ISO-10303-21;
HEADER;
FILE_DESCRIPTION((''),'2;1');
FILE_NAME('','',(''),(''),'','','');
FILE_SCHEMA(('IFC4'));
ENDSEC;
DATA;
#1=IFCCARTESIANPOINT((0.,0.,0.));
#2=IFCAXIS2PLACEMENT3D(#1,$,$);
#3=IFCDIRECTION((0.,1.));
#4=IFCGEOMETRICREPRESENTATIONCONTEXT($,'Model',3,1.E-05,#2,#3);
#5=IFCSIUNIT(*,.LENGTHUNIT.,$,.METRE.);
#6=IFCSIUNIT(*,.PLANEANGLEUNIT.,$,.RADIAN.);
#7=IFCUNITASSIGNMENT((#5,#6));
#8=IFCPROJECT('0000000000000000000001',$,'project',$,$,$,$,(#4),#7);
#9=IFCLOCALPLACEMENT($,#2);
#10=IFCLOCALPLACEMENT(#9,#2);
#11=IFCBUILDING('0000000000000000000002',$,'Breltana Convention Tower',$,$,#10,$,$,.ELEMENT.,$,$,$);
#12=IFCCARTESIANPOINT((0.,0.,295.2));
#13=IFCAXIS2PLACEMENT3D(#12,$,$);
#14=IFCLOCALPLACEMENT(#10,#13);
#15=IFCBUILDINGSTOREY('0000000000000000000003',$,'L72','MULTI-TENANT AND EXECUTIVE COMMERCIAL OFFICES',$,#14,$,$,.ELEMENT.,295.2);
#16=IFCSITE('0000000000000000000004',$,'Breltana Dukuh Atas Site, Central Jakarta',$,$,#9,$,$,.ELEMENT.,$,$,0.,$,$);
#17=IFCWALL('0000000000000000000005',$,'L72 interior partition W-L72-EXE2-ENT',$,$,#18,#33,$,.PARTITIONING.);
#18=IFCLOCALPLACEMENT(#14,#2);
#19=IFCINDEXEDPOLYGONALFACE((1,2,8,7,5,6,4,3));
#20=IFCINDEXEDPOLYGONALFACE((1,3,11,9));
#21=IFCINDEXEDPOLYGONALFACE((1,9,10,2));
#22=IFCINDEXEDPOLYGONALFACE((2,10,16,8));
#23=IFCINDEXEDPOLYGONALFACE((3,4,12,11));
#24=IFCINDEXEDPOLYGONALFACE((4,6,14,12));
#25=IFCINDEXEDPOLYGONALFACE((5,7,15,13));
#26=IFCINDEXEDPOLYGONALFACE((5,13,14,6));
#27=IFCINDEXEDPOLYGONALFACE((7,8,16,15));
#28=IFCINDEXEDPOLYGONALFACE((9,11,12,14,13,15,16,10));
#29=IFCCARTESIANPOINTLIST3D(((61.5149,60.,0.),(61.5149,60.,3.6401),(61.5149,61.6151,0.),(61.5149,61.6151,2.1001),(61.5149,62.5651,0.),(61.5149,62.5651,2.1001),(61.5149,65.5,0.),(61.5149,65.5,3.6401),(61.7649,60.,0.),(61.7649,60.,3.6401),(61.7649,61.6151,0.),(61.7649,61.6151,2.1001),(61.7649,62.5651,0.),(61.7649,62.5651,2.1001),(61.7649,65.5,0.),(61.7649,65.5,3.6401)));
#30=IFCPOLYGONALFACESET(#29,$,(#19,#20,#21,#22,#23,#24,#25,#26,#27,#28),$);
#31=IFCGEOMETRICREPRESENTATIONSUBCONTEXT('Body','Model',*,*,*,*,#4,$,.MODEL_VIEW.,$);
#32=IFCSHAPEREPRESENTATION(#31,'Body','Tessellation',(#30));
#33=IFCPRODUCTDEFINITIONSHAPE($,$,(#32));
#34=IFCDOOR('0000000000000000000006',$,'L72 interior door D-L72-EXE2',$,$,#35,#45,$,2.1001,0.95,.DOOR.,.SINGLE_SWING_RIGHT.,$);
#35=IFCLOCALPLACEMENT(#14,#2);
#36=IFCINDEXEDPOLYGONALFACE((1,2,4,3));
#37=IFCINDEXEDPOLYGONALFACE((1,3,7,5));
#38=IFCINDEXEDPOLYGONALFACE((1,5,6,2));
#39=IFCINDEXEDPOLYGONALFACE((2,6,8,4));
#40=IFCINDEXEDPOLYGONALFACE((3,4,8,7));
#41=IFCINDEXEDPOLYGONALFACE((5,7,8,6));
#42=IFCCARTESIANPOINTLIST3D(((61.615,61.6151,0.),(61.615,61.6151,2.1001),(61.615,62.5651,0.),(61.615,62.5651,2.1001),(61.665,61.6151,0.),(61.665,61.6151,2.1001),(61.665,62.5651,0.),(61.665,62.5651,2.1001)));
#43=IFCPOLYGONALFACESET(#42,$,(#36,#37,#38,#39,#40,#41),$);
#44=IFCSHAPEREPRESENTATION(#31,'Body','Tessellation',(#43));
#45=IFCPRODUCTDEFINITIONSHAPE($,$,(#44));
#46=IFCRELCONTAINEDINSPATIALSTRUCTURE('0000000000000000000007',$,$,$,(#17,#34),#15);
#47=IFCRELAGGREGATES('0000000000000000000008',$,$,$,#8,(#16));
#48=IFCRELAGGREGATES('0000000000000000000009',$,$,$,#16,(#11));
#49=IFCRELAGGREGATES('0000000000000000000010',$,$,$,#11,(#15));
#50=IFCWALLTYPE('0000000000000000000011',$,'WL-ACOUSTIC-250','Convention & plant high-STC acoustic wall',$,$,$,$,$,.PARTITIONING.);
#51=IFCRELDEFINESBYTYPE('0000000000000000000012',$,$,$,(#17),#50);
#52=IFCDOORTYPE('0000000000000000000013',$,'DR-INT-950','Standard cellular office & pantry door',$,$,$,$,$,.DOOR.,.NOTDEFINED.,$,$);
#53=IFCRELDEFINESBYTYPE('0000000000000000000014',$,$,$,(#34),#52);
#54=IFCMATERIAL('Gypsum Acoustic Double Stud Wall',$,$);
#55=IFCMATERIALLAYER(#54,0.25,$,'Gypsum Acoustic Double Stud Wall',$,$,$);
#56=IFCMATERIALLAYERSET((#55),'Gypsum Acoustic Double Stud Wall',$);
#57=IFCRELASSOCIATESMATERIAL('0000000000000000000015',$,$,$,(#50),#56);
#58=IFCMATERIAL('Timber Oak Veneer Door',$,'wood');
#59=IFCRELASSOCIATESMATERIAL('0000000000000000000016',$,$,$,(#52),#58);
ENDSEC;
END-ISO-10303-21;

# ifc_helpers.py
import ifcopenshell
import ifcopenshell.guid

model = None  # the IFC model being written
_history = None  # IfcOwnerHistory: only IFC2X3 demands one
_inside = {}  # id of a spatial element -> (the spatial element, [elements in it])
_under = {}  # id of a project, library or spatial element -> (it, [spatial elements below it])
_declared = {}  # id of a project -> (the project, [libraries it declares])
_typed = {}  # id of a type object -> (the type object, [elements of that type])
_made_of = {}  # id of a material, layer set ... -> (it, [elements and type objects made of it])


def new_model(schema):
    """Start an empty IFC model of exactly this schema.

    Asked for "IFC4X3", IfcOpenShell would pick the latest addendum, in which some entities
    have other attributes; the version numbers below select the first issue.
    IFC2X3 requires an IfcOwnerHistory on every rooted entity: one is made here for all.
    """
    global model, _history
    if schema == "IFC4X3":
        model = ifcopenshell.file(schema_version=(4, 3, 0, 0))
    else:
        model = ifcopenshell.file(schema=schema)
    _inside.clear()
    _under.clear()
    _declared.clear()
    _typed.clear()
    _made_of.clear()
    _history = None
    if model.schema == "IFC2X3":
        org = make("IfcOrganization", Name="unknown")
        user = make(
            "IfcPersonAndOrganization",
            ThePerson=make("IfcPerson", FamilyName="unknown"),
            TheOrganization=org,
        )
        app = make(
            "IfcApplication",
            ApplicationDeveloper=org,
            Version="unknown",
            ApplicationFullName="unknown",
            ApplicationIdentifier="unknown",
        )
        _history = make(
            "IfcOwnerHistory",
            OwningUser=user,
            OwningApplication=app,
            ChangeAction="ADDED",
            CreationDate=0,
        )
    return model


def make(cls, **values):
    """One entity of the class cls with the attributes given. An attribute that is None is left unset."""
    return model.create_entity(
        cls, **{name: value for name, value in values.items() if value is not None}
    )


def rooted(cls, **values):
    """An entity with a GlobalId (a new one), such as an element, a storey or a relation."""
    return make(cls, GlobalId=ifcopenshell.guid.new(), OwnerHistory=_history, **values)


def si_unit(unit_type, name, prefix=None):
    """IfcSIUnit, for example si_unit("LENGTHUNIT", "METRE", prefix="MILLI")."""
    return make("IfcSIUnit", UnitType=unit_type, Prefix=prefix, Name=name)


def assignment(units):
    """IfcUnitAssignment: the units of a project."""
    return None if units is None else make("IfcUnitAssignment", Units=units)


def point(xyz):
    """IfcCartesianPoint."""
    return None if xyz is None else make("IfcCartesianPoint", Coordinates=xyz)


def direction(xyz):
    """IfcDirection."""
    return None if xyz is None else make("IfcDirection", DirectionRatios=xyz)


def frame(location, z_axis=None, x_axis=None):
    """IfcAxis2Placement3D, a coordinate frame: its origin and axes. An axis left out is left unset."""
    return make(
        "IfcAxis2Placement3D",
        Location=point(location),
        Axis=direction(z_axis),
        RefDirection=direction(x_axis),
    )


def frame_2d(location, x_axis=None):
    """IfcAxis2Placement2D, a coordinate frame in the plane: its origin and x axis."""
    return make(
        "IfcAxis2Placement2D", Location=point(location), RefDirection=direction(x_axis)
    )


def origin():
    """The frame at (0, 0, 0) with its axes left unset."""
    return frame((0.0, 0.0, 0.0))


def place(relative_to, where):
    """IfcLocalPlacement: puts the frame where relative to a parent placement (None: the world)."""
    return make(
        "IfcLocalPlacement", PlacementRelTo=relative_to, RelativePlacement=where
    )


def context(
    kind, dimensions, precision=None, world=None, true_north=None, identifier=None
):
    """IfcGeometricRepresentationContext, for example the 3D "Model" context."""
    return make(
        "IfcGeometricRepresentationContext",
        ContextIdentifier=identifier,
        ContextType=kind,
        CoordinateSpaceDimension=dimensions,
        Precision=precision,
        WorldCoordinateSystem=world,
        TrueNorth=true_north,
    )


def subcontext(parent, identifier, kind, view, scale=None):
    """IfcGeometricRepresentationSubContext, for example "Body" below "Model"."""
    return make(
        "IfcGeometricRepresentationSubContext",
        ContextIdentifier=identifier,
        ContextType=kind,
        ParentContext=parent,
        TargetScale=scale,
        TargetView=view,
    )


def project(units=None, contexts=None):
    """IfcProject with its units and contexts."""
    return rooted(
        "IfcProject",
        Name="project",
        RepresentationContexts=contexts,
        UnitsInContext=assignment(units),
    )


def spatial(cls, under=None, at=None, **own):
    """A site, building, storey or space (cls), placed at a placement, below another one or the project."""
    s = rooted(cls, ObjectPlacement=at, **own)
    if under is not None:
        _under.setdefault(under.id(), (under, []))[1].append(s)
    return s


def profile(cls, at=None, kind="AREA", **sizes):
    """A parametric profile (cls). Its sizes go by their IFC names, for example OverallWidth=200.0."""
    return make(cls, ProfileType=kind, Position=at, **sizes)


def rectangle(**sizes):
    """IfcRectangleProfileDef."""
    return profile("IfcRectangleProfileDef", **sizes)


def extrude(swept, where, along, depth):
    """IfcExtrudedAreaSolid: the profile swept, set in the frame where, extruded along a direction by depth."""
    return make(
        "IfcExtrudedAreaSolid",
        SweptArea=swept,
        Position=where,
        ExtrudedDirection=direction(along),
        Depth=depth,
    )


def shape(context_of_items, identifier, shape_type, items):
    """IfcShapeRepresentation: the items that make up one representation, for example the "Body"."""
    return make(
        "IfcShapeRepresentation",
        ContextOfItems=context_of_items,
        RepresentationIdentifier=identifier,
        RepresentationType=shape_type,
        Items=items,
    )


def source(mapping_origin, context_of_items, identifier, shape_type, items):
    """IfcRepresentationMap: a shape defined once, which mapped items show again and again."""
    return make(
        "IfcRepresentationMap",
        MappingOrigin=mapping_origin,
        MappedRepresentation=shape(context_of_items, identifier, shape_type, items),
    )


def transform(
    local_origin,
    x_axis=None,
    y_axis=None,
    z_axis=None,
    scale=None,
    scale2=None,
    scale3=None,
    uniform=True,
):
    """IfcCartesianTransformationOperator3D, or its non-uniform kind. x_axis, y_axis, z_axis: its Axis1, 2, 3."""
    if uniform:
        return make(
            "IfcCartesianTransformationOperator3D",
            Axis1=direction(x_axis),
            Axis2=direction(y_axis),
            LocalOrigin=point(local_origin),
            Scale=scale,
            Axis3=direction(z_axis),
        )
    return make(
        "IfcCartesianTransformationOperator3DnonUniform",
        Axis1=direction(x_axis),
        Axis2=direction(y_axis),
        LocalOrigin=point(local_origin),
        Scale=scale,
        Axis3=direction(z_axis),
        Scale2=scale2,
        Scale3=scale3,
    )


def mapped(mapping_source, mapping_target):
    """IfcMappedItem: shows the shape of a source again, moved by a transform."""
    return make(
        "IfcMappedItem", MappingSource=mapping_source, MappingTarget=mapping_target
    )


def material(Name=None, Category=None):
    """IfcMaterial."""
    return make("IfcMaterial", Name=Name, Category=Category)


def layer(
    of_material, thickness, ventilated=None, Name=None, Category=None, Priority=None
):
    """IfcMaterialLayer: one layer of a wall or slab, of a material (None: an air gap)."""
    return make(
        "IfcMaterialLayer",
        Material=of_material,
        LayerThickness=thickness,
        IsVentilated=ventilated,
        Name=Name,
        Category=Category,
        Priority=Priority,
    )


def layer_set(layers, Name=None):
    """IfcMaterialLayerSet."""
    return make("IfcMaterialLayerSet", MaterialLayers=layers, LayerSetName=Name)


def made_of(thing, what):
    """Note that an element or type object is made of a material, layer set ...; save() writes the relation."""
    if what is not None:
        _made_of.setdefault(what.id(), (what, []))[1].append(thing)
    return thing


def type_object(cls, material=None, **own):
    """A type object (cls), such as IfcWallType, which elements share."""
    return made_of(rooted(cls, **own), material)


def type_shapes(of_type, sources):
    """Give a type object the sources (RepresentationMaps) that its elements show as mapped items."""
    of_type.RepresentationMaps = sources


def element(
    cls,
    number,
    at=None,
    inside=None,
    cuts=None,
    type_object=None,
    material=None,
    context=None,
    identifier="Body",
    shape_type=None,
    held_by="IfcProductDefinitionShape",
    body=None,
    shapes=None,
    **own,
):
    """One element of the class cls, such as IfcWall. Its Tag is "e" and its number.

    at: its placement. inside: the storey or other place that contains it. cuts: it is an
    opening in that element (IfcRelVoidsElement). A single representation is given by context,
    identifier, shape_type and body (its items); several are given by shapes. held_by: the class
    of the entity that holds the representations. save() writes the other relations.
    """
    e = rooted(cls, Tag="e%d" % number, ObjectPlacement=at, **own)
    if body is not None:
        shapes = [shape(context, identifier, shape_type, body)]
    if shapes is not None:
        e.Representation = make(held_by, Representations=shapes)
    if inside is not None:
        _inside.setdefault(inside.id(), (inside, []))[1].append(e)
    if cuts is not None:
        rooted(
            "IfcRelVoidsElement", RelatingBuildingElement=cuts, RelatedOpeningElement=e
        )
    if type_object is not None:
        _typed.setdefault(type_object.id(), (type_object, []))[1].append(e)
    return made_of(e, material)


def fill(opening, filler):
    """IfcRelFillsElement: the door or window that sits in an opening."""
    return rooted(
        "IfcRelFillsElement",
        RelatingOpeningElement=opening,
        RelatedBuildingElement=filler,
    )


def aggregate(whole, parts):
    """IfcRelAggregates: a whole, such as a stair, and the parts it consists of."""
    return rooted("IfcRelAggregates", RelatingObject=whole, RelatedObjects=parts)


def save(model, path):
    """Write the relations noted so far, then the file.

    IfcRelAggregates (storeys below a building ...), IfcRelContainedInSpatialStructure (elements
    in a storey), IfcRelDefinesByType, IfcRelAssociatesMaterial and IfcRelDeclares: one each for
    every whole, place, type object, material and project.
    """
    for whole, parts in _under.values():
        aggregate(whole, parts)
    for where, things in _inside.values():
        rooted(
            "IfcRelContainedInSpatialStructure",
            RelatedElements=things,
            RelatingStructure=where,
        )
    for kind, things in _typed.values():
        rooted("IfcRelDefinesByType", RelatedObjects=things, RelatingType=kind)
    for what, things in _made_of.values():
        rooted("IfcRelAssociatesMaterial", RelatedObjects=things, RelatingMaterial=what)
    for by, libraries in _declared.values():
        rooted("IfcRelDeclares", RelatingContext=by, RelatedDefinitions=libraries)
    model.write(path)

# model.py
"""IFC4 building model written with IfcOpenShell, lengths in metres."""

from ifc_helpers import new_model, si_unit, direction, frame, frame_2d, origin, place, context, subcontext, project, spatial, rectangle, extrude, source, transform, mapped, material, layer, layer_set, type_object, type_shapes, element, fill, save


model = new_model("IFC4")

# Units and contexts
model_context = context("Model", 3, precision=1e-05, world=origin(), true_north=direction((0.0, 1.0)))
body_context = subcontext(model_context, "Body", "Model", "MODEL_VIEW")
ifc_project = project(units=[si_unit("LENGTHUNIT", "METRE"), si_unit("PLANEANGLEUNIT", "RADIAN")], contexts=[model_context])

# Site, building, storey
site_placement = place(None, origin())
site = spatial("IfcSite", under=ifc_project, at=site_placement, Name="Breltana Dukuh Atas Site, Central Jakarta", CompositionType="ELEMENT", RefElevation=0.0)
building_placement = place(site_placement, origin())
building = spatial("IfcBuilding", under=site, at=building_placement, Name="Breltana Convention Tower", CompositionType="ELEMENT")
storey_placement = place(building_placement, frame((0.0, 0.0, 295.2)))
storey = spatial("IfcBuildingStorey", under=building, at=storey_placement, Name="L72", Description="MULTI-TENANT AND EXECUTIVE COMMERCIAL OFFICES", CompositionType="ELEMENT", Elevation=295.2)

# Shared definitions
ifc_material_1 = material(Name="Gypsum Acoustic Double Stud Wall")
ifc_layer_1 = layer(ifc_material_1, 0.25, Name="Gypsum Acoustic Double Stud Wall")
ifc_layer_set_1 = layer_set([ifc_layer_1], Name="Gypsum Acoustic Double Stud Wall")
wall_type_1 = type_object("IfcWallType", Name="WL-ACOUSTIC-250", Description="Convention & plant high-STC acoustic wall", PredefinedType="PARTITIONING", material=ifc_layer_set_1)

# Wall, opening, door
shared_shape_1 = source(origin(), body_context, "Body", "SweptSolid", [
    extrude(rectangle(XDim=5.5, YDim=0.25, at=frame_2d((2.75, 0.0))), origin(), (0.0, 0.0, 1.0), 3.6401),
])
wall_1_placement = place(storey_placement, frame((61.6399, 60.0, 0.0), z_axis=(0.0, 0.0, 1.0), x_axis=(0.0, 1.0, 0.0)))
wall_1 = element("IfcWall", 1, at=wall_1_placement, inside=storey, type_object=wall_type_1, Name="L72 interior partition W-L72-EXE2-ENT", PredefinedType="PARTITIONING", context=body_context, shape_type="MappedRepresentation", body=[
    mapped(shared_shape_1, transform((0.0, 0.0, 0.0), scale=1.0)),
])
opening_1_placement = place(wall_1_placement, frame((1.615, 0.0, 0.0)))
opening_1 = element("IfcOpeningElement", 2, at=opening_1_placement, cuts=wall_1, PredefinedType="OPENING", context=body_context, shape_type="SweptSolid", body=[
    extrude(rectangle(XDim=0.95, YDim=2.1001, at=frame_2d((0.4751, 1.05))), frame((0.0, 0.135, 0.0), z_axis=(0.0, -1.0, 0.0), x_axis=(1.0, 0.0, 0.0)), (0.0, 0.0, 1.0), 0.27),
])
ifc_material_2 = material(Name="Timber Oak Veneer Door", Category="wood")
door_type = type_object("IfcDoorType", Name="DR-INT-950", Description="Standard cellular office & pantry door", OperationType="NOTDEFINED", PredefinedType="DOOR", material=ifc_material_2)
shared_shape_2 = source(origin(), body_context, "Body", "SweptSolid", [
    extrude(rectangle(XDim=0.95, YDim=2.1001, at=frame_2d((0.4751, 1.05))), frame((0.0, 0.0249, 0.0), z_axis=(0.0, -1.0, 0.0), x_axis=(1.0, 0.0, 0.0)), (0.0, 0.0, 1.0), 0.05),
])
type_shapes(door_type, [shared_shape_2])
door_placement = place(opening_1_placement, origin())
door = element("IfcDoor", 3, at=door_placement, inside=storey, type_object=door_type, Name="L72 interior door D-L72-EXE2", OperationType="SINGLE_SWING_RIGHT", OverallHeight=2.1001, OverallWidth=0.95, PredefinedType="DOOR", context=body_context, shape_type="MappedRepresentation", body=[
    mapped(shared_shape_2, transform((0.0, 0.0, 0.0), scale=1.0)),
])
fill(opening_1, door)

save(model, "model.ifc")
